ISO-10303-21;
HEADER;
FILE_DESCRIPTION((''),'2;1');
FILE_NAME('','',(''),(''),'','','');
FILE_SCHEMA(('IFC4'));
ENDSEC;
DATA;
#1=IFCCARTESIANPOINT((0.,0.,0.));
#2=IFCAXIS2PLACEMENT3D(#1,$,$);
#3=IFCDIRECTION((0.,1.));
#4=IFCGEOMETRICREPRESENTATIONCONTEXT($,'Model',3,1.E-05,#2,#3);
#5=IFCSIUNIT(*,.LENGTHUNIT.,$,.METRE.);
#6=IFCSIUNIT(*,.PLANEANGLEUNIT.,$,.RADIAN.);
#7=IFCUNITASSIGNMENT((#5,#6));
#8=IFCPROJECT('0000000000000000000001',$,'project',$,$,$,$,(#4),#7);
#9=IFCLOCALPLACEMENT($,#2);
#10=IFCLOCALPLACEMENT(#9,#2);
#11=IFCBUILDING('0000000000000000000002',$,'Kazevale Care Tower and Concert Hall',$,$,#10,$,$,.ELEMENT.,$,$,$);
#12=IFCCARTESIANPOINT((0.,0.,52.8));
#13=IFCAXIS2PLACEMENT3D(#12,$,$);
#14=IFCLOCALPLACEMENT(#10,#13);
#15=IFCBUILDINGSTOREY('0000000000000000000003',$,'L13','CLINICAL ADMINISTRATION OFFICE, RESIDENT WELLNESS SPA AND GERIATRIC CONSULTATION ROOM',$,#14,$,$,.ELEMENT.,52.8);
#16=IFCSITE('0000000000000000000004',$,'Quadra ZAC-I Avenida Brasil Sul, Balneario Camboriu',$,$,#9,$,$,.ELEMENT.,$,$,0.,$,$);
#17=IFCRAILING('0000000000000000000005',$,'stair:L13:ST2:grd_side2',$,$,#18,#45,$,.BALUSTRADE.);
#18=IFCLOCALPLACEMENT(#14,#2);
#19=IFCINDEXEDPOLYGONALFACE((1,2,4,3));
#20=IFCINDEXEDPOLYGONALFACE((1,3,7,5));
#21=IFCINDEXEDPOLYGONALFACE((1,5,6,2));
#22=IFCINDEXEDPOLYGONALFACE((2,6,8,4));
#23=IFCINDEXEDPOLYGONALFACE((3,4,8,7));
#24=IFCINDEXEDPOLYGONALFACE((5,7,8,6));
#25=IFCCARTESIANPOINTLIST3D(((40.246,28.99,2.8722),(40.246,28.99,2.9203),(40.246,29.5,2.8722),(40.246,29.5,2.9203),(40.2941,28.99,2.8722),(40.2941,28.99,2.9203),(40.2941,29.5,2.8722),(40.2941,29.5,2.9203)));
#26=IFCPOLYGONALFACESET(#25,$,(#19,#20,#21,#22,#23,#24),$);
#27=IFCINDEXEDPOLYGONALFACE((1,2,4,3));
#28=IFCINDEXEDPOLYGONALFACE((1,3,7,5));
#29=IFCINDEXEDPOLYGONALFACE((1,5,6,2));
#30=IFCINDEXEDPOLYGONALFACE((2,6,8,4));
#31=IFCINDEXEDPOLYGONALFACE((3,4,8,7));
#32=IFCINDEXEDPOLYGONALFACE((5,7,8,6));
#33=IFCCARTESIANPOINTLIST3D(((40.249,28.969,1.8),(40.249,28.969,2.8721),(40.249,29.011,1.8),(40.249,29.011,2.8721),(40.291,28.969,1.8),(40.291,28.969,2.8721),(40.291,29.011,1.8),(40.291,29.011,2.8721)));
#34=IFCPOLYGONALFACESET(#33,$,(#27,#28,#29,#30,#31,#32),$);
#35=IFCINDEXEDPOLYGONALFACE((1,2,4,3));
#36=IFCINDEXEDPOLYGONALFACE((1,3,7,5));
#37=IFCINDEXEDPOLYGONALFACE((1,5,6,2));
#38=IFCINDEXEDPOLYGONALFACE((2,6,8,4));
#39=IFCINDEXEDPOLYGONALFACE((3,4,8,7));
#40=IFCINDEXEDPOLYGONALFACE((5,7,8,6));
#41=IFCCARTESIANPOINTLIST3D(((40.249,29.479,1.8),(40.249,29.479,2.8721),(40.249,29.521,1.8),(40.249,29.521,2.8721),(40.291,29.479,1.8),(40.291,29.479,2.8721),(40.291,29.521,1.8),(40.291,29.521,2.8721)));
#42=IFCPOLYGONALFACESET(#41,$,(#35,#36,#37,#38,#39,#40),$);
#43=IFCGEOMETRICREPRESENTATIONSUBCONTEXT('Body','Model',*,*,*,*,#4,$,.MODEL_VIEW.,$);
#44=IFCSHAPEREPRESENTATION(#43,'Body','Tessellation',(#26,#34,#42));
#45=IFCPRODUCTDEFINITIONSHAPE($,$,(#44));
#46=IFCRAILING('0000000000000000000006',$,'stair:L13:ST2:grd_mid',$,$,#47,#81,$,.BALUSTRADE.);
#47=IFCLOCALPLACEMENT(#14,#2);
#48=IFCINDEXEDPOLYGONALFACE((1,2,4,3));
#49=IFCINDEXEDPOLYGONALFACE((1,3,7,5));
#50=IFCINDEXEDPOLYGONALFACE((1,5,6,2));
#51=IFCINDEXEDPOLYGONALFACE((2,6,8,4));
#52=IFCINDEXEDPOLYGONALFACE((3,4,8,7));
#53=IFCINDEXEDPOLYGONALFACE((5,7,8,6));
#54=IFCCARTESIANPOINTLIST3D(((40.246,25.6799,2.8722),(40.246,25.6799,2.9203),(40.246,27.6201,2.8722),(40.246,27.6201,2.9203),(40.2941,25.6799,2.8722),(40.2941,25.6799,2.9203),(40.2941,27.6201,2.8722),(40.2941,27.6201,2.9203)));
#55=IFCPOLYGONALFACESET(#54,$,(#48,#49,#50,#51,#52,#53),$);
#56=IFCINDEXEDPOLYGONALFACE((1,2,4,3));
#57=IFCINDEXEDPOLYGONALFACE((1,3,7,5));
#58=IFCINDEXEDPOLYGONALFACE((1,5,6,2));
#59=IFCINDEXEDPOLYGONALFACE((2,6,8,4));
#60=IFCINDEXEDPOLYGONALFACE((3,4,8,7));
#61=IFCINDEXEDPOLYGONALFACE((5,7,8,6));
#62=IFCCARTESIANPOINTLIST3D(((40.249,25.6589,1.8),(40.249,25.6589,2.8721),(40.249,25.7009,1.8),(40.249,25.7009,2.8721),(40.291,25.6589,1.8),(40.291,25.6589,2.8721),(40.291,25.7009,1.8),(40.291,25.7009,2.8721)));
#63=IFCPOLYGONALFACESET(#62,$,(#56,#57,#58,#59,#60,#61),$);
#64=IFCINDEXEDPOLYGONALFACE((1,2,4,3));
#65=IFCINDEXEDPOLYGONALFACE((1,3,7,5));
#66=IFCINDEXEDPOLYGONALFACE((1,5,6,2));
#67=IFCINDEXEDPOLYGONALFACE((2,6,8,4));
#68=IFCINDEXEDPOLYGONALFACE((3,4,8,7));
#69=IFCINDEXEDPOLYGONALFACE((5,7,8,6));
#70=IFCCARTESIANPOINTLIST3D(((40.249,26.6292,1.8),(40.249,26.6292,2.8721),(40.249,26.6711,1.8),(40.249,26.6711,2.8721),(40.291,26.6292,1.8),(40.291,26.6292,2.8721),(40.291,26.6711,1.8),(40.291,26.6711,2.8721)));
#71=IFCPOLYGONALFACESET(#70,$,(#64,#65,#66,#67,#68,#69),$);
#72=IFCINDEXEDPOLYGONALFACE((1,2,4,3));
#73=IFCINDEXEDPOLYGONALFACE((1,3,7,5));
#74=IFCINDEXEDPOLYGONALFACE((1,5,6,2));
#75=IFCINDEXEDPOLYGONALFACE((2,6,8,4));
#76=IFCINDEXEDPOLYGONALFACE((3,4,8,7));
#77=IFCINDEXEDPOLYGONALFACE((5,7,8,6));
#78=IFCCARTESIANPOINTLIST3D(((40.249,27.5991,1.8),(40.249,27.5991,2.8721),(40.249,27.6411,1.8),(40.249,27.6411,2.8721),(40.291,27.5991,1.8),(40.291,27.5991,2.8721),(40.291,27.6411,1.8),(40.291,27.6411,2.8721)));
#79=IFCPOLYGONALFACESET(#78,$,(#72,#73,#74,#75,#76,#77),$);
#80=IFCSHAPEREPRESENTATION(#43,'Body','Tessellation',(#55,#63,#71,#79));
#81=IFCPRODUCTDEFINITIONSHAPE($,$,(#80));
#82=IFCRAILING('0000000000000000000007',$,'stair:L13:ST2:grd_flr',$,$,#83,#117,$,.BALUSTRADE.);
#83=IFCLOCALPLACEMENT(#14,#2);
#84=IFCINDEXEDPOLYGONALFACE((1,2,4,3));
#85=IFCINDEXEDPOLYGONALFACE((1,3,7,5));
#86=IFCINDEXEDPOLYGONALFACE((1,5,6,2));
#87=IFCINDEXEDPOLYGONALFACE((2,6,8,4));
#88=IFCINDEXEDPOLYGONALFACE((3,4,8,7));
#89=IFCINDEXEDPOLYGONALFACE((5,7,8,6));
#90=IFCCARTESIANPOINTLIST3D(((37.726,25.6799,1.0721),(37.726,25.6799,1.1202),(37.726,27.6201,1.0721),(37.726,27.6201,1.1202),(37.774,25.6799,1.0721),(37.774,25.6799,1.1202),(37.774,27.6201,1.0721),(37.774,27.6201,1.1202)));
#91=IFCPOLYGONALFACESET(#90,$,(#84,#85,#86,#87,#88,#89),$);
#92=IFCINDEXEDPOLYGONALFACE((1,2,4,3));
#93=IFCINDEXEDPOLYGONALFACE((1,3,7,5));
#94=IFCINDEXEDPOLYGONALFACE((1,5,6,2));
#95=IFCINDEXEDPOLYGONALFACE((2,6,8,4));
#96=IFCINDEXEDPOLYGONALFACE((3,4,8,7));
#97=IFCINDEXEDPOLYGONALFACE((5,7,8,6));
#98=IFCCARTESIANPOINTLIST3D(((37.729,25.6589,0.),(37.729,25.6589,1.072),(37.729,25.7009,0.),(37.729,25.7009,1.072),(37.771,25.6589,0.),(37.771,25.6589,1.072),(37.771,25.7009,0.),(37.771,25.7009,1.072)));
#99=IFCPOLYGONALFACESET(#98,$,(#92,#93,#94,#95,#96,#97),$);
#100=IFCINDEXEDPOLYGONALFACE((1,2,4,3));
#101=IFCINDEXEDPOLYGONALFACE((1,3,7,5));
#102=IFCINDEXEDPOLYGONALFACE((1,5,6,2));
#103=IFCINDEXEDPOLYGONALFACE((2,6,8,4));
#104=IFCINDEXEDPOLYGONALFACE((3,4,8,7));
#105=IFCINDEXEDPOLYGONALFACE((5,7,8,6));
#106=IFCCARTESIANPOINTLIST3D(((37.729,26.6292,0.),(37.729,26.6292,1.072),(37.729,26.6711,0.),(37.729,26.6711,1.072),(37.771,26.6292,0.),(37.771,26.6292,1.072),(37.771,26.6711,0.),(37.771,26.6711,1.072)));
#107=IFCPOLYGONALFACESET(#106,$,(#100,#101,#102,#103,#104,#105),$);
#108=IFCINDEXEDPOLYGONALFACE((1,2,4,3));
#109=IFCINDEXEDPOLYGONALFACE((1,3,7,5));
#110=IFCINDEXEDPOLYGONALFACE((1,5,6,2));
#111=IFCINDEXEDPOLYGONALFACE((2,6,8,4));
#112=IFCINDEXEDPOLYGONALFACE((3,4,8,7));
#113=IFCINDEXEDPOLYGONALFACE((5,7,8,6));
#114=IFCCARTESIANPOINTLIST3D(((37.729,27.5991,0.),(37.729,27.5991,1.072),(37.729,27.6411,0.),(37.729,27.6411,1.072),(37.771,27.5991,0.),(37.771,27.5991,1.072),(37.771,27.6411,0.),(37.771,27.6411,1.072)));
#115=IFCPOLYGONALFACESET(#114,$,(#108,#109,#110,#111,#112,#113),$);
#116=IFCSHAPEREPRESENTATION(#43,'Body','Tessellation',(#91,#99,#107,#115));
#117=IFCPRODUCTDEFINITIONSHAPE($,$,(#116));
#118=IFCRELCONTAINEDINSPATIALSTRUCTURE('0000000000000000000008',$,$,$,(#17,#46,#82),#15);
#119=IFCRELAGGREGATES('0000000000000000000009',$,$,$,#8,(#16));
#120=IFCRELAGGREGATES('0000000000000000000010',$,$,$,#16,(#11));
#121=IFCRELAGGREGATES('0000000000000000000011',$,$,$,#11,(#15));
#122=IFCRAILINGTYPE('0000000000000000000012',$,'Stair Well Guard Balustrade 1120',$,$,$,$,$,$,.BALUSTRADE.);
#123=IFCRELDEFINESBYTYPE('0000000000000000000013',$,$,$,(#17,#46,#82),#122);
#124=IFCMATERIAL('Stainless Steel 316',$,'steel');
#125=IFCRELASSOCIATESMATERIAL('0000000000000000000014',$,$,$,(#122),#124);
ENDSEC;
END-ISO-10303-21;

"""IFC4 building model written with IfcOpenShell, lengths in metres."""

from ifc_helpers import new_model, si_unit, direction, frame, origin, origin_2d, place, context, subcontext, project, spatial, rectangle, extrude, material, type_object, element, save


model = new_model("IFC4")

# Units and contexts
model_context = context("Model", 3, precision=1e-05, world=origin(), true_north=direction((0.0, 1.0)))
body_context = subcontext(model_context, "Body", "Model", "MODEL_VIEW")
ifc_project = project(units=[si_unit("LENGTHUNIT", "METRE"), si_unit("PLANEANGLEUNIT", "RADIAN")], contexts=[model_context])

# Site, building, storey
site_placement = place(None, origin())
site = spatial("IfcSite", under=ifc_project, at=site_placement, Name="Quadra ZAC-I Avenida Brasil Sul, Balneario Camboriu", CompositionType="ELEMENT", RefElevation=0.0)
building_placement = place(site_placement, origin())
building = spatial("IfcBuilding", under=site, at=building_placement, Name="Kazevale Care Tower and Concert Hall", CompositionType="ELEMENT")
storey_placement = place(building_placement, frame((0.0, 0.0, 52.8)))
storey = spatial("IfcBuildingStorey", under=building, at=storey_placement, Name="L13", Description="CLINICAL ADMINISTRATION OFFICE, RESIDENT WELLNESS SPA AND GERIATRIC CONSULTATION ROOM", CompositionType="ELEMENT", Elevation=52.8)

# Railings
ifc_material_1 = material(Name="Stainless Steel 316", Category="steel")
railing_type_1 = type_object("IfcRailingType", Name="Stair Well Guard Balustrade 1120", PredefinedType="BALUSTRADE", material=ifc_material_1)
railing_1_placement = place(storey_placement, frame((40.27, 28.99, 1.8)))
element("IfcRailing", 1, at=railing_1_placement, inside=storey, type_object=railing_type_1, Name="stair:L13:ST2:grd_side2", PredefinedType="BALUSTRADE", context=body_context, shape_type="SweptSolid", body=[
    extrude(rectangle(XDim=0.0481, YDim=0.0481, at=origin_2d()), frame((0.0, 0.0, 1.0962), z_axis=(0.0, 1.0, 0.0), x_axis=(-1.0, 0.0, 0.0)), (0.0, 0.0, 1.0), 0.51),
    extrude(rectangle(XDim=0.042, YDim=0.042, at=origin_2d()), origin(), (0.0, 0.0, 1.0), 1.072),
    extrude(rectangle(XDim=0.042, YDim=0.042, at=origin_2d()), frame((0.0, 0.51, 0.0)), (0.0, 0.0, 1.0), 1.072),
])
for number, where, name in (
    (2, (40.27, 25.6799, 1.8), "stair:L13:ST2:grd_mid"),
    (3, (37.75, 25.6799, 0.0), "stair:L13:ST2:grd_flr"),
):
    element("IfcRailing", number, at=place(storey_placement, frame(where)), inside=storey, type_object=railing_type_1, Name=name, PredefinedType="BALUSTRADE", context=body_context, shape_type="SweptSolid", body=[
        extrude(rectangle(XDim=0.0481, YDim=0.0481, at=origin_2d()), frame((0.0, 0.0, 1.0962), z_axis=(0.0, 1.0, 0.0), x_axis=(-1.0, 0.0, 0.0)), (0.0, 0.0, 1.0), 1.9402),
        extrude(rectangle(XDim=0.042, YDim=0.042, at=origin_2d()), origin(), (0.0, 0.0, 1.0), 1.072),
        extrude(rectangle(XDim=0.042, YDim=0.042, at=origin_2d()), frame((0.0, 0.9702, 0.0)), (0.0, 0.0, 1.0), 1.072),
        extrude(rectangle(XDim=0.042, YDim=0.042, at=origin_2d()), frame((0.0, 1.9402, 0.0)), (0.0, 0.0, 1.0), 1.072),
    ])

save(model, "model.ifc")
